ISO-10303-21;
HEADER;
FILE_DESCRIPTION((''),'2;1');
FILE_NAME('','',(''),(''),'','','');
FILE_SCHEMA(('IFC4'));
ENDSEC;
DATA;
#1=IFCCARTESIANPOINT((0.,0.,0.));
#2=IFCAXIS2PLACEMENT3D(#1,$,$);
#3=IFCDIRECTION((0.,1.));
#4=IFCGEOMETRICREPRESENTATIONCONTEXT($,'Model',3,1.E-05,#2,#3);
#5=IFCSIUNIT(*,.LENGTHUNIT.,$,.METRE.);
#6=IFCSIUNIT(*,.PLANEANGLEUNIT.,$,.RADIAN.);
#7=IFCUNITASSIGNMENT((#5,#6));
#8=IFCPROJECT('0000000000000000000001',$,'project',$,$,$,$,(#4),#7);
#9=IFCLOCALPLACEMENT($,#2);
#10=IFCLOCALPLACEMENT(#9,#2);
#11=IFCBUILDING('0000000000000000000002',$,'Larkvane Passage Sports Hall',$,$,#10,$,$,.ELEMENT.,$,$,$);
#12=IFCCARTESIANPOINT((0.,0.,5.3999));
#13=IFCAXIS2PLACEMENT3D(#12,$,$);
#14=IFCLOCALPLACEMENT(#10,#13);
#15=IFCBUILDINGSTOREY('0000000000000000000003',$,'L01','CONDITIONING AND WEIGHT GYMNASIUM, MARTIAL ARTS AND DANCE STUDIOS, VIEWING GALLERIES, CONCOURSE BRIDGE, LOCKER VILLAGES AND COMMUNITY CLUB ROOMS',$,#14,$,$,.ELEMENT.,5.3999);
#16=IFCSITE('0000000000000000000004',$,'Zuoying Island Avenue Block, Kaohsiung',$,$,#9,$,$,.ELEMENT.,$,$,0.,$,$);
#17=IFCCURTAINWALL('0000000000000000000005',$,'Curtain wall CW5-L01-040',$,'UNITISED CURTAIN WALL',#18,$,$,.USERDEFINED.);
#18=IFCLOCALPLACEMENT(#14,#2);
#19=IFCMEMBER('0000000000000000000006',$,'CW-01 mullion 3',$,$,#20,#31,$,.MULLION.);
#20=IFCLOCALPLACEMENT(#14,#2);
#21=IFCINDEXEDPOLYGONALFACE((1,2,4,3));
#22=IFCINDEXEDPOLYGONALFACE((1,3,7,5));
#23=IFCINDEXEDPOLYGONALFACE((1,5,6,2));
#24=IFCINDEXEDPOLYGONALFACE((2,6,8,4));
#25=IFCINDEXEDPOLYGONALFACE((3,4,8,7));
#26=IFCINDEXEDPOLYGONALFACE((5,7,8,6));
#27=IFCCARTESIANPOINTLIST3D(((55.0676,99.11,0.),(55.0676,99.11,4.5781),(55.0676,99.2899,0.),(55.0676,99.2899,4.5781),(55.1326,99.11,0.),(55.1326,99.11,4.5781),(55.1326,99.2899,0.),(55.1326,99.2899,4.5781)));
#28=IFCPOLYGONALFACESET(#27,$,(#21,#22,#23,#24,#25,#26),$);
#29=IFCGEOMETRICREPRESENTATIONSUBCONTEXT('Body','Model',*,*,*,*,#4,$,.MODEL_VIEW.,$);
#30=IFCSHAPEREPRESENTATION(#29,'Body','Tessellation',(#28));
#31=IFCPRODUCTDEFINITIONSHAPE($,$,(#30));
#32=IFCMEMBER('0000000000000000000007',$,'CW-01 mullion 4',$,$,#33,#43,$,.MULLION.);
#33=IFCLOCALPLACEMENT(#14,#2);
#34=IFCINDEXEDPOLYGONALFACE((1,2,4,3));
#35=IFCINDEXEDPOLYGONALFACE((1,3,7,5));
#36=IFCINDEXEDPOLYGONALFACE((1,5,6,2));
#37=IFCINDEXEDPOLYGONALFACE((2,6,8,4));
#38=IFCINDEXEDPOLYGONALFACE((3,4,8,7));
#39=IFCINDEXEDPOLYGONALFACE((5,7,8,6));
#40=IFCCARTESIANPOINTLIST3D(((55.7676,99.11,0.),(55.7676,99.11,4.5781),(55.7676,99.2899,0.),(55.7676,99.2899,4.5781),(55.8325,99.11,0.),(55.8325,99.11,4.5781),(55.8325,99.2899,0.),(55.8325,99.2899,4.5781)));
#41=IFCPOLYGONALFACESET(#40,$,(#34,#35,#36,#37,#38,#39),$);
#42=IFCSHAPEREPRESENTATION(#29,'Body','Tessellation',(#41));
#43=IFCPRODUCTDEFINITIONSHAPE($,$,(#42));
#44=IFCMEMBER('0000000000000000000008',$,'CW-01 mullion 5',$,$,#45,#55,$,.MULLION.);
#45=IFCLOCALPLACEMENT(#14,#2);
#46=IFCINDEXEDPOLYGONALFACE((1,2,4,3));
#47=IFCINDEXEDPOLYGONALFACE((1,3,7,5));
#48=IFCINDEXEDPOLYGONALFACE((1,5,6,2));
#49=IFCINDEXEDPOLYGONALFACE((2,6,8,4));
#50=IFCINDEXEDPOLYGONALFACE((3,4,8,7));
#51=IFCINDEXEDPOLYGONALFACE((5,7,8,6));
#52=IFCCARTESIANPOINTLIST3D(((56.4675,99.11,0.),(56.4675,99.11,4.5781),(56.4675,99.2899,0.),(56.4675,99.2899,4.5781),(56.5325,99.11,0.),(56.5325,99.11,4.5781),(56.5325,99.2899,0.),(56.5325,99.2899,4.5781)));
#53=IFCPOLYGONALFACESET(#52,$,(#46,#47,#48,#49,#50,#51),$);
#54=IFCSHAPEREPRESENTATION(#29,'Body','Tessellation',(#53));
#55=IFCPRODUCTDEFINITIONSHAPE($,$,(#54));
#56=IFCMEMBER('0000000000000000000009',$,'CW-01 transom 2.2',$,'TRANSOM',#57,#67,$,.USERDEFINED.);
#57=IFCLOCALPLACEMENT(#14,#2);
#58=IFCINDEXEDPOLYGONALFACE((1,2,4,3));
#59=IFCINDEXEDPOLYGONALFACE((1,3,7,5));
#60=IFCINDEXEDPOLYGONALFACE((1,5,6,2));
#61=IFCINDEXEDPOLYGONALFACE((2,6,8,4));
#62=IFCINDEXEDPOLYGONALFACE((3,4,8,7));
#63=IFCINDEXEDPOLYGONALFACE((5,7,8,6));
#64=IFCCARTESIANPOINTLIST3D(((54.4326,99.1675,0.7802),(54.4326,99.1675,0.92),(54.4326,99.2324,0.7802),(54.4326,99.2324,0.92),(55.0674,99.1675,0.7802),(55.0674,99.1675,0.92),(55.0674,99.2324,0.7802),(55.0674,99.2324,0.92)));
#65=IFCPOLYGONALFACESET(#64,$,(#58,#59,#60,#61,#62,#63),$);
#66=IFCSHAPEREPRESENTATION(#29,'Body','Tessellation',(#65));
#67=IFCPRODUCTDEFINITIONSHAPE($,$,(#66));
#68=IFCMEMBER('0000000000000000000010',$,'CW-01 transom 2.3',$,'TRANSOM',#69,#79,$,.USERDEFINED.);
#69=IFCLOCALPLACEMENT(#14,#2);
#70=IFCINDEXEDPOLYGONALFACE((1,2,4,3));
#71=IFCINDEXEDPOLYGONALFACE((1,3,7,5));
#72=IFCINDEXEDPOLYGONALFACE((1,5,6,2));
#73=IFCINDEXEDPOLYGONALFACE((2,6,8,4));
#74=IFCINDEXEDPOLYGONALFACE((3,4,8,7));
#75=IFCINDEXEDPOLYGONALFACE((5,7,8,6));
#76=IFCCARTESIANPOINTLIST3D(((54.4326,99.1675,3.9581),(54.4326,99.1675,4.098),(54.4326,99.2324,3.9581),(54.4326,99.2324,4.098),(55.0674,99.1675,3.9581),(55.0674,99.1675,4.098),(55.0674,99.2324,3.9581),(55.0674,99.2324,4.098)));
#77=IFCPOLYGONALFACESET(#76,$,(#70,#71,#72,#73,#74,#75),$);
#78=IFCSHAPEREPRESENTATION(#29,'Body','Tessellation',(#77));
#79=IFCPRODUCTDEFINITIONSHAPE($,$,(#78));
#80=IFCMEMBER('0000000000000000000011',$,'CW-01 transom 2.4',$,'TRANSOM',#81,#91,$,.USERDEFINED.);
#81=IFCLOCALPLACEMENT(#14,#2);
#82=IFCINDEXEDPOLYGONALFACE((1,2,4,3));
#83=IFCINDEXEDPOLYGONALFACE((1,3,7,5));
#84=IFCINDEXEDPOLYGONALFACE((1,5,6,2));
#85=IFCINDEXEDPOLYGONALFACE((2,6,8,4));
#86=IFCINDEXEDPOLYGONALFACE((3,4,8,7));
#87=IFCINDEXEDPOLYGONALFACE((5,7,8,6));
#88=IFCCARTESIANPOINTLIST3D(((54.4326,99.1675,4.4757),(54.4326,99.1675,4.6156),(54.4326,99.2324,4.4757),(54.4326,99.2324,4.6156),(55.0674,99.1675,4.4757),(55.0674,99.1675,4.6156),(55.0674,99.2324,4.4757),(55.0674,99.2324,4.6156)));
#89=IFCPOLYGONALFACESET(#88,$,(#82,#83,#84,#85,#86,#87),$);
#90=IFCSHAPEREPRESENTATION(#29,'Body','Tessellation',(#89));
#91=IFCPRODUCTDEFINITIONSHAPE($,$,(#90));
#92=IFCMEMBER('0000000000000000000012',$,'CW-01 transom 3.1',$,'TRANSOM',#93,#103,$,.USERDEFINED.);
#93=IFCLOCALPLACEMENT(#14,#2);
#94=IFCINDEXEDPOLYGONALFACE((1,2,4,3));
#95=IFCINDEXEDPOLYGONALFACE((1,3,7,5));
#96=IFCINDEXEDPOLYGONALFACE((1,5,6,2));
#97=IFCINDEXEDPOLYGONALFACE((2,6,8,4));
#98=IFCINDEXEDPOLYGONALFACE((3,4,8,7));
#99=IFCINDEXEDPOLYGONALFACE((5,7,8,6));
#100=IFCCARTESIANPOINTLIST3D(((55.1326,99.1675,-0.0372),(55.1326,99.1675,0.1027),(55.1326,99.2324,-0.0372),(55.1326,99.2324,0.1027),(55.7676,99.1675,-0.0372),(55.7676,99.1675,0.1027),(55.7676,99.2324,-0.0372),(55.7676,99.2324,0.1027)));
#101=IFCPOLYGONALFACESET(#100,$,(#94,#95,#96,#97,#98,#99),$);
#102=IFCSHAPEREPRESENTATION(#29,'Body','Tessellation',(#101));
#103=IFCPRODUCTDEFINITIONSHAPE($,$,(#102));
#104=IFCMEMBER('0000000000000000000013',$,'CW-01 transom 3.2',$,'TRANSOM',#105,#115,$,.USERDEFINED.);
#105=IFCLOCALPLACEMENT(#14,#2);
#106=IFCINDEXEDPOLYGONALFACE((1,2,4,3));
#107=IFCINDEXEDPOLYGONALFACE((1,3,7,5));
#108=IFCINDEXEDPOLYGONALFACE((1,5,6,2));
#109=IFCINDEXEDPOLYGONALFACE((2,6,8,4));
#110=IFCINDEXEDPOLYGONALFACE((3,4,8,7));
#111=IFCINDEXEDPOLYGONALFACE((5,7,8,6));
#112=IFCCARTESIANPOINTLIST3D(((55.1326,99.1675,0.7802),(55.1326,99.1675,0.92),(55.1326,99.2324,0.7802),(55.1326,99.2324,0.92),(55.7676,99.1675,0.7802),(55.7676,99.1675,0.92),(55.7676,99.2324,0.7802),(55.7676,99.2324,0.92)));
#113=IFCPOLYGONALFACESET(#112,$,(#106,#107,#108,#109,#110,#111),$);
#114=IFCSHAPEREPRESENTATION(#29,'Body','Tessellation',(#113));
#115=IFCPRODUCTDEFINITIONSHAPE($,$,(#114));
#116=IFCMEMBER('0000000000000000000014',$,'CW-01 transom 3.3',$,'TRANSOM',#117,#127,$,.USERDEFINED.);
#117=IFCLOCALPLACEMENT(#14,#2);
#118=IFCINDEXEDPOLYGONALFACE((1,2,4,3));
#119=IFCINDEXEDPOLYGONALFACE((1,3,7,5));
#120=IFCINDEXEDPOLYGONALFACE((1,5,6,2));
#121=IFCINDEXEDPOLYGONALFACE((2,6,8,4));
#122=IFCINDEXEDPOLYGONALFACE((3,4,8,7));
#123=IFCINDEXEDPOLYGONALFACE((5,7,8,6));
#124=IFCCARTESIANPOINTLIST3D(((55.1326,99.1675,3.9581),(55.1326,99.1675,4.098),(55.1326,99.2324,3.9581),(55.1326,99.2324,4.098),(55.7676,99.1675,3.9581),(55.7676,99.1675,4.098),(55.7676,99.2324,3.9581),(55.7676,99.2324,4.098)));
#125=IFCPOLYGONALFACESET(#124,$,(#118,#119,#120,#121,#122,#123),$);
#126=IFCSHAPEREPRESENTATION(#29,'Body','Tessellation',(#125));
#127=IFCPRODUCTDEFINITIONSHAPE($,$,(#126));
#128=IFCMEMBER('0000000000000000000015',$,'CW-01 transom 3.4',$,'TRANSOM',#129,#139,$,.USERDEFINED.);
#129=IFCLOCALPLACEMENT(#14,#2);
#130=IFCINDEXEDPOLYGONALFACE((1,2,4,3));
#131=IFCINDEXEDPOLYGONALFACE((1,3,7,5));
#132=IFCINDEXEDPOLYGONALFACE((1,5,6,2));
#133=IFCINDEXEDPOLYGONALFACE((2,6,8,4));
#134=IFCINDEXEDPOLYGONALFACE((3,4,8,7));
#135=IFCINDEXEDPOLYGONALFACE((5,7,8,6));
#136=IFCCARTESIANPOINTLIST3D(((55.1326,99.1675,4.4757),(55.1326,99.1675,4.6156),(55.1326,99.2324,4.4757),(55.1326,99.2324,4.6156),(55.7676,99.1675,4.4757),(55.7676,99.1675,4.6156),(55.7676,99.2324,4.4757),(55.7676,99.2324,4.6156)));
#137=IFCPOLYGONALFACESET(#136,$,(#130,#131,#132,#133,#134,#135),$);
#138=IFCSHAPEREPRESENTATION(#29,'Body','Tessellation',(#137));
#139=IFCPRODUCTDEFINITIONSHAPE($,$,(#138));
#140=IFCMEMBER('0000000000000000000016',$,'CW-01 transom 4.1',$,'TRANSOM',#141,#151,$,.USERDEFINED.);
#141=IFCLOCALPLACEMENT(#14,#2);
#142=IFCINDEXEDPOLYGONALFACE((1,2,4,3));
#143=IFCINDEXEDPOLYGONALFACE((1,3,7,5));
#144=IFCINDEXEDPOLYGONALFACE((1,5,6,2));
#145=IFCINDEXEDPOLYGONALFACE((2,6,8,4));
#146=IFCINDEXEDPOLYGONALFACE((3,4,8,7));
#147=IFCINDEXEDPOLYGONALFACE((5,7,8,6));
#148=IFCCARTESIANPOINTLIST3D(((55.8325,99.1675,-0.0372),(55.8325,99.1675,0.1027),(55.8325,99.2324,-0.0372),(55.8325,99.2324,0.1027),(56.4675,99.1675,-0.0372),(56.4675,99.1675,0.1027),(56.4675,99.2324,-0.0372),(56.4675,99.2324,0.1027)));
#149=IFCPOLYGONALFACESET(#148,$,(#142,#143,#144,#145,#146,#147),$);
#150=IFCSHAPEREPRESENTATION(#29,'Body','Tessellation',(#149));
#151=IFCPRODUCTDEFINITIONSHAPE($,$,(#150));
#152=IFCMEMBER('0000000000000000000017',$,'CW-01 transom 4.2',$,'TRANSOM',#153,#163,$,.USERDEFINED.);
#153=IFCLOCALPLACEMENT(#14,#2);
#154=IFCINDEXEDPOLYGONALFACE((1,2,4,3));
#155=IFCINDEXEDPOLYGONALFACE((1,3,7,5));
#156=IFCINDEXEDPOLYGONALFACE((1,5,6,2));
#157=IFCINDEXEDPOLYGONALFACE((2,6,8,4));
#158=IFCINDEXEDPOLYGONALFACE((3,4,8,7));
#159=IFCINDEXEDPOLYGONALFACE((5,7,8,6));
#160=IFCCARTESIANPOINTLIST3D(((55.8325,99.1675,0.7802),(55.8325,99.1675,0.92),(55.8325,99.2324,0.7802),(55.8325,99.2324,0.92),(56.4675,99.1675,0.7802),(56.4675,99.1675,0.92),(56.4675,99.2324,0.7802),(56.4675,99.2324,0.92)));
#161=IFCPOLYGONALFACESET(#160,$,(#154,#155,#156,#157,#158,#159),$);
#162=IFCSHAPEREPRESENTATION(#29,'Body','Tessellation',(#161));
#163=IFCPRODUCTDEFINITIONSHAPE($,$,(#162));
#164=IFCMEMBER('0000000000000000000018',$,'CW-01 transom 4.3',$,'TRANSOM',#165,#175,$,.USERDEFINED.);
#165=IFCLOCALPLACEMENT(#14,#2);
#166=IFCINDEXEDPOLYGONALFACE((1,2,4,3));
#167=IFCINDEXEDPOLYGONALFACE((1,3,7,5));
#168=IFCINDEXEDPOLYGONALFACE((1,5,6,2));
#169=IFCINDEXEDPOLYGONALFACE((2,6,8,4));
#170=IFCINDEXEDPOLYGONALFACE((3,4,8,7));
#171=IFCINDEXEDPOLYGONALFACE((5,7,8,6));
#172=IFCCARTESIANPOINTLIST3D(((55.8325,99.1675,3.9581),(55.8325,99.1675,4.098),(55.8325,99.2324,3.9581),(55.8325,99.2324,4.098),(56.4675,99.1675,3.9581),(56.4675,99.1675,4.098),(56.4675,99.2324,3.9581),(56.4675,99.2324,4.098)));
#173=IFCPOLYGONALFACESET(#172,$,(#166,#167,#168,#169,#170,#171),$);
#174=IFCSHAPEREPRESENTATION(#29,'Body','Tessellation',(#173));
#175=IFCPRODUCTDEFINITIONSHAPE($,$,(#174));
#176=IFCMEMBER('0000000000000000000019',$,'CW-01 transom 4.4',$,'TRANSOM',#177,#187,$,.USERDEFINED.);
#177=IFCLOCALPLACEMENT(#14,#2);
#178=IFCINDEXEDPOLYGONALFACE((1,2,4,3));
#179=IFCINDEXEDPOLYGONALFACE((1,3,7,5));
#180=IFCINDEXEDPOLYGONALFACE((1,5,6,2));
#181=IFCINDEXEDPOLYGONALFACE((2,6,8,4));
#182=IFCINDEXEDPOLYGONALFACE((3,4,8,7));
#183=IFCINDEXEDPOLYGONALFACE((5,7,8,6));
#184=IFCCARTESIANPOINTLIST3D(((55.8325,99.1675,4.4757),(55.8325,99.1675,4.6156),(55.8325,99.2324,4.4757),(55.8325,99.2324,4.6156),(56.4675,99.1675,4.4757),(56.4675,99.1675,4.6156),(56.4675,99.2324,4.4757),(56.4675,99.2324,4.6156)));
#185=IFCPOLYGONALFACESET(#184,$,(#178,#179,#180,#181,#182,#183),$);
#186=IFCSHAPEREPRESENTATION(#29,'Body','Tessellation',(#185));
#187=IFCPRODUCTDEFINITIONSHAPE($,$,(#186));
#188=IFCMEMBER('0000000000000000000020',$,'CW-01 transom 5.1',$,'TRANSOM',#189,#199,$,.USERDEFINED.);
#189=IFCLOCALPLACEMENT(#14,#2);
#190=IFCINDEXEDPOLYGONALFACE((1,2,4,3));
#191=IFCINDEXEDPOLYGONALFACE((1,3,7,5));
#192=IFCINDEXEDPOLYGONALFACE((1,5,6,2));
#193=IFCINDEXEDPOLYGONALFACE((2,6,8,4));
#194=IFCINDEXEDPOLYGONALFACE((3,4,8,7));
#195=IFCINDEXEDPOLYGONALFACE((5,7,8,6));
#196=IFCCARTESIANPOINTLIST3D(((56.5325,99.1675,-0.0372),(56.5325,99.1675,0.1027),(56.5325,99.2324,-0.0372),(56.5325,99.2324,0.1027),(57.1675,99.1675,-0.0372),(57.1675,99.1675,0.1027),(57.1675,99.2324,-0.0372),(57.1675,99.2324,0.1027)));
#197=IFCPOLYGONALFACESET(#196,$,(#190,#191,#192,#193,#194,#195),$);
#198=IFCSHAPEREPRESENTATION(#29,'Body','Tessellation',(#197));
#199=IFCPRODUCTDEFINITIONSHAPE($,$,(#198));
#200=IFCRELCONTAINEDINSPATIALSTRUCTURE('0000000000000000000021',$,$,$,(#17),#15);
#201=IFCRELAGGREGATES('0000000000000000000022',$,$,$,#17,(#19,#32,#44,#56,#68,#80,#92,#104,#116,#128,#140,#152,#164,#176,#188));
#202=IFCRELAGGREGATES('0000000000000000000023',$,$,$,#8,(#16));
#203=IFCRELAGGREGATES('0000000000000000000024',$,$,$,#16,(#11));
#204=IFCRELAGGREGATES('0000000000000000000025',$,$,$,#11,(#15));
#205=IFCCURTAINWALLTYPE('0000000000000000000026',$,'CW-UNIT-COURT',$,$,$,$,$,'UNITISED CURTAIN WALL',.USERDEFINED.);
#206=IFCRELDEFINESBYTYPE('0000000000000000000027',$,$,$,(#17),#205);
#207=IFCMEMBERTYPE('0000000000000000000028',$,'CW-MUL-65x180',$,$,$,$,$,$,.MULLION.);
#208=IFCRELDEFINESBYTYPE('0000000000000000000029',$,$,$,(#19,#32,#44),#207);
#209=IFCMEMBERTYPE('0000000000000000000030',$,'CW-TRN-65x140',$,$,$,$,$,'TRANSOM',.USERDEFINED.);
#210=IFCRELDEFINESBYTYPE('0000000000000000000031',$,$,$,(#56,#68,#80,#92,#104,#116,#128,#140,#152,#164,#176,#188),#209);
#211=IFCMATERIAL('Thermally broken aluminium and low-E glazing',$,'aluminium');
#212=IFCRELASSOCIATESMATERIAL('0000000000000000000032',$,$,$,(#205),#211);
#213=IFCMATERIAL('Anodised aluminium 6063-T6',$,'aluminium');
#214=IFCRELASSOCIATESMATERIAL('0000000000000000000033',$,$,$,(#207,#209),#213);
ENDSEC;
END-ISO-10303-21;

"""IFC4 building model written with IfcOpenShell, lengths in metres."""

from ifc_helpers import new_model, si_unit, direction, frame, origin, origin_2d, place, context, subcontext, project, spatial, rectangle, extrude, material, material_profile, profile_set, type_object, element, aggregate, save


model = new_model("IFC4")

# Units and contexts
model_context = context("Model", 3, precision=1e-05, world=origin(), true_north=direction((0.0, 1.0)))
body_context = subcontext(model_context, "Body", "Model", "MODEL_VIEW")
ifc_project = project(units=[si_unit("LENGTHUNIT", "METRE"), si_unit("PLANEANGLEUNIT", "RADIAN")], contexts=[model_context])

# Site, building, storey
site_placement = place(None, origin())
site = spatial("IfcSite", under=ifc_project, at=site_placement, Name="Zuoying Island Avenue Block, Kaohsiung", CompositionType="ELEMENT", RefElevation=0.0)
building_placement = place(site_placement, origin())
building = spatial("IfcBuilding", under=site, at=building_placement, Name="Larkvane Passage Sports Hall", CompositionType="ELEMENT")
storey_placement = place(building_placement, frame((0.0, 0.0, 5.3999)))
storey = spatial("IfcBuildingStorey", under=building, at=storey_placement, Name="L01", Description="CONDITIONING AND WEIGHT GYMNASIUM, MARTIAL ARTS AND DANCE STUDIOS, VIEWING GALLERIES, CONCOURSE BRIDGE, LOCKER VILLAGES AND COMMUNITY CLUB ROOMS", CompositionType="ELEMENT", Elevation=5.3999)

# Curtain wall, members
ifc_material_1 = material(Name="Thermally broken aluminium and low-E glazing", Category="aluminium")
curtain_wall_type = type_object("IfcCurtainWallType", Name="CW-UNIT-COURT", ElementType="UNITISED CURTAIN WALL", PredefinedType="USERDEFINED", material=ifc_material_1)
curtain_wall_placement = place(storey_placement, origin())
curtain_wall = element("IfcCurtainWall", 1, at=curtain_wall_placement, inside=storey, type_object=curtain_wall_type, Name="Curtain wall CW5-L01-040", ObjectType="UNITISED CURTAIN WALL", PredefinedType="USERDEFINED")
ifc_material_2 = material(Name="Anodised aluminium 6063-T6", Category="aluminium")
ifc_material_profile_1 = material_profile(ifc_material_2, rectangle(XDim=0.0649, YDim=0.1799, at=origin_2d()), Name="ALU-MUL-65x180")
ifc_profile_set_1 = profile_set([ifc_material_profile_1], Name="Anodised aluminium 6063-T6")
member_type_1 = type_object("IfcMemberType", Name="CW-MUL-65x180", PredefinedType="MULLION", material=ifc_profile_set_1)
member_1_placement = place(storey_placement, frame((55.1001, 99.2, 0.0), z_axis=(0.0, 0.0, 1.0), x_axis=(1.0, 0.0, 0.0)))
member_1 = element("IfcMember", 2, at=member_1_placement, type_object=member_type_1, Name="CW-01 mullion 3", PredefinedType="MULLION", context=body_context, shape_type="SweptSolid", body=[
    extrude(rectangle(XDim=0.0649, YDim=0.1799, at=origin_2d()), origin(), (0.0, 0.0, 1.0), 4.5781),
])
member_2_placement = place(storey_placement, frame((55.8, 99.2, 0.0), z_axis=(0.0, 0.0, 1.0), x_axis=(1.0, 0.0, 0.0)))
member_2 = element("IfcMember", 3, at=member_2_placement, type_object=member_type_1, Name="CW-01 mullion 4", PredefinedType="MULLION", context=body_context, shape_type="SweptSolid", body=[
    extrude(rectangle(XDim=0.0649, YDim=0.1799, at=origin_2d()), origin(), (0.0, 0.0, 1.0), 4.5781),
])
member_3_placement = place(storey_placement, frame((56.5, 99.2, 0.0), z_axis=(0.0, 0.0, 1.0), x_axis=(1.0, 0.0, 0.0)))
member_3 = element("IfcMember", 4, at=member_3_placement, type_object=member_type_1, Name="CW-01 mullion 5", PredefinedType="MULLION", context=body_context, shape_type="SweptSolid", body=[
    extrude(rectangle(XDim=0.0649, YDim=0.1799, at=origin_2d()), origin(), (0.0, 0.0, 1.0), 4.5781),
])
ifc_material_profile_2 = material_profile(ifc_material_2, rectangle(XDim=0.0649, YDim=0.1399, at=origin_2d()), Name="ALU-TRN-65x140")
ifc_profile_set_2 = profile_set([ifc_material_profile_2], Name="Anodised aluminium 6063-T6")
member_type_2 = type_object("IfcMemberType", Name="CW-TRN-65x140", ElementType="TRANSOM", PredefinedType="USERDEFINED", material=ifc_profile_set_2)
member_4_placement = place(storey_placement, frame((54.4326, 99.2, 0.8501), z_axis=(1.0, 0.0, 0.0), x_axis=(0.0, 1.0, 0.0)))
member_4 = element("IfcMember", 5, at=member_4_placement, type_object=member_type_2, Name="CW-01 transom 2.2", ObjectType="TRANSOM", PredefinedType="USERDEFINED", context=body_context, shape_type="SweptSolid", body=[
    extrude(rectangle(XDim=0.0649, YDim=0.1399, at=origin_2d()), origin(), (0.0, 0.0, 1.0), 0.6348),
])
member_5_placement = place(storey_placement, frame((54.4326, 99.2, 4.0281), z_axis=(1.0, 0.0, 0.0), x_axis=(0.0, 1.0, 0.0)))
member_5 = element("IfcMember", 6, at=member_5_placement, type_object=member_type_2, Name="CW-01 transom 2.3", ObjectType="TRANSOM", PredefinedType="USERDEFINED", context=body_context, shape_type="SweptSolid", body=[
    extrude(rectangle(XDim=0.0649, YDim=0.1399, at=origin_2d()), origin(), (0.0, 0.0, 1.0), 0.6348),
])
member_6_placement = place(storey_placement, frame((54.4326, 99.2, 4.5457), z_axis=(1.0, 0.0, 0.0), x_axis=(0.0, 1.0, 0.0)))
member_6 = element("IfcMember", 7, at=member_6_placement, type_object=member_type_2, Name="CW-01 transom 2.4", ObjectType="TRANSOM", PredefinedType="USERDEFINED", context=body_context, shape_type="SweptSolid", body=[
    extrude(rectangle(XDim=0.0649, YDim=0.1399, at=origin_2d()), origin(), (0.0, 0.0, 1.0), 0.6348),
])
member_7_placement = place(storey_placement, frame((55.1326, 99.2, 0.0327), z_axis=(1.0, 0.0, 0.0), x_axis=(0.0, 1.0, 0.0)))
member_7 = element("IfcMember", 8, at=member_7_placement, type_object=member_type_2, Name="CW-01 transom 3.1", ObjectType="TRANSOM", PredefinedType="USERDEFINED", context=body_context, shape_type="SweptSolid", body=[
    extrude(rectangle(XDim=0.0649, YDim=0.1399, at=origin_2d()), origin(), (0.0, 0.0, 1.0), 0.635),
])
member_8_placement = place(storey_placement, frame((55.1326, 99.2, 0.8501), z_axis=(1.0, 0.0, 0.0), x_axis=(0.0, 1.0, 0.0)))
member_8 = element("IfcMember", 9, at=member_8_placement, type_object=member_type_2, Name="CW-01 transom 3.2", ObjectType="TRANSOM", PredefinedType="USERDEFINED", context=body_context, shape_type="SweptSolid", body=[
    extrude(rectangle(XDim=0.0649, YDim=0.1399, at=origin_2d()), origin(), (0.0, 0.0, 1.0), 0.635),
])
member_9_placement = place(storey_placement, frame((55.1326, 99.2, 4.0281), z_axis=(1.0, 0.0, 0.0), x_axis=(0.0, 1.0, 0.0)))
member_9 = element("IfcMember", 10, at=member_9_placement, type_object=member_type_2, Name="CW-01 transom 3.3", ObjectType="TRANSOM", PredefinedType="USERDEFINED", context=body_context, shape_type="SweptSolid", body=[
    extrude(rectangle(XDim=0.0649, YDim=0.1399, at=origin_2d()), origin(), (0.0, 0.0, 1.0), 0.635),
])
member_10_placement = place(storey_placement, frame((55.1326, 99.2, 4.5457), z_axis=(1.0, 0.0, 0.0), x_axis=(0.0, 1.0, 0.0)))
member_10 = element("IfcMember", 11, at=member_10_placement, type_object=member_type_2, Name="CW-01 transom 3.4", ObjectType="TRANSOM", PredefinedType="USERDEFINED", context=body_context, shape_type="SweptSolid", body=[
    extrude(rectangle(XDim=0.0649, YDim=0.1399, at=origin_2d()), origin(), (0.0, 0.0, 1.0), 0.635),
])
member_11_placement = place(storey_placement, frame((55.8325, 99.2, 0.0327), z_axis=(1.0, 0.0, 0.0), x_axis=(0.0, 1.0, 0.0)))
member_11 = element("IfcMember", 12, at=member_11_placement, type_object=member_type_2, Name="CW-01 transom 4.1", ObjectType="TRANSOM", PredefinedType="USERDEFINED", context=body_context, shape_type="SweptSolid", body=[
    extrude(rectangle(XDim=0.0649, YDim=0.1399, at=origin_2d()), origin(), (0.0, 0.0, 1.0), 0.635),
])
member_12_placement = place(storey_placement, frame((55.8325, 99.2, 0.8501), z_axis=(1.0, 0.0, 0.0), x_axis=(0.0, 1.0, 0.0)))
member_12 = element("IfcMember", 13, at=member_12_placement, type_object=member_type_2, Name="CW-01 transom 4.2", ObjectType="TRANSOM", PredefinedType="USERDEFINED", context=body_context, shape_type="SweptSolid", body=[
    extrude(rectangle(XDim=0.0649, YDim=0.1399, at=origin_2d()), origin(), (0.0, 0.0, 1.0), 0.635),
])
member_13_placement = place(storey_placement, frame((55.8325, 99.2, 4.0281), z_axis=(1.0, 0.0, 0.0), x_axis=(0.0, 1.0, 0.0)))
member_13 = element("IfcMember", 14, at=member_13_placement, type_object=member_type_2, Name="CW-01 transom 4.3", ObjectType="TRANSOM", PredefinedType="USERDEFINED", context=body_context, shape_type="SweptSolid", body=[
    extrude(rectangle(XDim=0.0649, YDim=0.1399, at=origin_2d()), origin(), (0.0, 0.0, 1.0), 0.635),
])
member_14_placement = place(storey_placement, frame((55.8325, 99.2, 4.5457), z_axis=(1.0, 0.0, 0.0), x_axis=(0.0, 1.0, 0.0)))
member_14 = element("IfcMember", 15, at=member_14_placement, type_object=member_type_2, Name="CW-01 transom 4.4", ObjectType="TRANSOM", PredefinedType="USERDEFINED", context=body_context, shape_type="SweptSolid", body=[
    extrude(rectangle(XDim=0.0649, YDim=0.1399, at=origin_2d()), origin(), (0.0, 0.0, 1.0), 0.635),
])
member_15_placement = place(storey_placement, frame((56.5325, 99.2, 0.0327), z_axis=(1.0, 0.0, 0.0), x_axis=(0.0, 1.0, 0.0)))
member_15 = element("IfcMember", 16, at=member_15_placement, type_object=member_type_2, Name="CW-01 transom 5.1", ObjectType="TRANSOM", PredefinedType="USERDEFINED", context=body_context, shape_type="SweptSolid", body=[
    extrude(rectangle(XDim=0.0649, YDim=0.1399, at=origin_2d()), origin(), (0.0, 0.0, 1.0), 0.635),
])
aggregate(curtain_wall, [member_1, member_2, member_3, member_4, member_5, member_6, member_7, member_8, member_9, member_10, member_11, member_12, member_13, member_14, member_15])

save(model, "model.ifc")
